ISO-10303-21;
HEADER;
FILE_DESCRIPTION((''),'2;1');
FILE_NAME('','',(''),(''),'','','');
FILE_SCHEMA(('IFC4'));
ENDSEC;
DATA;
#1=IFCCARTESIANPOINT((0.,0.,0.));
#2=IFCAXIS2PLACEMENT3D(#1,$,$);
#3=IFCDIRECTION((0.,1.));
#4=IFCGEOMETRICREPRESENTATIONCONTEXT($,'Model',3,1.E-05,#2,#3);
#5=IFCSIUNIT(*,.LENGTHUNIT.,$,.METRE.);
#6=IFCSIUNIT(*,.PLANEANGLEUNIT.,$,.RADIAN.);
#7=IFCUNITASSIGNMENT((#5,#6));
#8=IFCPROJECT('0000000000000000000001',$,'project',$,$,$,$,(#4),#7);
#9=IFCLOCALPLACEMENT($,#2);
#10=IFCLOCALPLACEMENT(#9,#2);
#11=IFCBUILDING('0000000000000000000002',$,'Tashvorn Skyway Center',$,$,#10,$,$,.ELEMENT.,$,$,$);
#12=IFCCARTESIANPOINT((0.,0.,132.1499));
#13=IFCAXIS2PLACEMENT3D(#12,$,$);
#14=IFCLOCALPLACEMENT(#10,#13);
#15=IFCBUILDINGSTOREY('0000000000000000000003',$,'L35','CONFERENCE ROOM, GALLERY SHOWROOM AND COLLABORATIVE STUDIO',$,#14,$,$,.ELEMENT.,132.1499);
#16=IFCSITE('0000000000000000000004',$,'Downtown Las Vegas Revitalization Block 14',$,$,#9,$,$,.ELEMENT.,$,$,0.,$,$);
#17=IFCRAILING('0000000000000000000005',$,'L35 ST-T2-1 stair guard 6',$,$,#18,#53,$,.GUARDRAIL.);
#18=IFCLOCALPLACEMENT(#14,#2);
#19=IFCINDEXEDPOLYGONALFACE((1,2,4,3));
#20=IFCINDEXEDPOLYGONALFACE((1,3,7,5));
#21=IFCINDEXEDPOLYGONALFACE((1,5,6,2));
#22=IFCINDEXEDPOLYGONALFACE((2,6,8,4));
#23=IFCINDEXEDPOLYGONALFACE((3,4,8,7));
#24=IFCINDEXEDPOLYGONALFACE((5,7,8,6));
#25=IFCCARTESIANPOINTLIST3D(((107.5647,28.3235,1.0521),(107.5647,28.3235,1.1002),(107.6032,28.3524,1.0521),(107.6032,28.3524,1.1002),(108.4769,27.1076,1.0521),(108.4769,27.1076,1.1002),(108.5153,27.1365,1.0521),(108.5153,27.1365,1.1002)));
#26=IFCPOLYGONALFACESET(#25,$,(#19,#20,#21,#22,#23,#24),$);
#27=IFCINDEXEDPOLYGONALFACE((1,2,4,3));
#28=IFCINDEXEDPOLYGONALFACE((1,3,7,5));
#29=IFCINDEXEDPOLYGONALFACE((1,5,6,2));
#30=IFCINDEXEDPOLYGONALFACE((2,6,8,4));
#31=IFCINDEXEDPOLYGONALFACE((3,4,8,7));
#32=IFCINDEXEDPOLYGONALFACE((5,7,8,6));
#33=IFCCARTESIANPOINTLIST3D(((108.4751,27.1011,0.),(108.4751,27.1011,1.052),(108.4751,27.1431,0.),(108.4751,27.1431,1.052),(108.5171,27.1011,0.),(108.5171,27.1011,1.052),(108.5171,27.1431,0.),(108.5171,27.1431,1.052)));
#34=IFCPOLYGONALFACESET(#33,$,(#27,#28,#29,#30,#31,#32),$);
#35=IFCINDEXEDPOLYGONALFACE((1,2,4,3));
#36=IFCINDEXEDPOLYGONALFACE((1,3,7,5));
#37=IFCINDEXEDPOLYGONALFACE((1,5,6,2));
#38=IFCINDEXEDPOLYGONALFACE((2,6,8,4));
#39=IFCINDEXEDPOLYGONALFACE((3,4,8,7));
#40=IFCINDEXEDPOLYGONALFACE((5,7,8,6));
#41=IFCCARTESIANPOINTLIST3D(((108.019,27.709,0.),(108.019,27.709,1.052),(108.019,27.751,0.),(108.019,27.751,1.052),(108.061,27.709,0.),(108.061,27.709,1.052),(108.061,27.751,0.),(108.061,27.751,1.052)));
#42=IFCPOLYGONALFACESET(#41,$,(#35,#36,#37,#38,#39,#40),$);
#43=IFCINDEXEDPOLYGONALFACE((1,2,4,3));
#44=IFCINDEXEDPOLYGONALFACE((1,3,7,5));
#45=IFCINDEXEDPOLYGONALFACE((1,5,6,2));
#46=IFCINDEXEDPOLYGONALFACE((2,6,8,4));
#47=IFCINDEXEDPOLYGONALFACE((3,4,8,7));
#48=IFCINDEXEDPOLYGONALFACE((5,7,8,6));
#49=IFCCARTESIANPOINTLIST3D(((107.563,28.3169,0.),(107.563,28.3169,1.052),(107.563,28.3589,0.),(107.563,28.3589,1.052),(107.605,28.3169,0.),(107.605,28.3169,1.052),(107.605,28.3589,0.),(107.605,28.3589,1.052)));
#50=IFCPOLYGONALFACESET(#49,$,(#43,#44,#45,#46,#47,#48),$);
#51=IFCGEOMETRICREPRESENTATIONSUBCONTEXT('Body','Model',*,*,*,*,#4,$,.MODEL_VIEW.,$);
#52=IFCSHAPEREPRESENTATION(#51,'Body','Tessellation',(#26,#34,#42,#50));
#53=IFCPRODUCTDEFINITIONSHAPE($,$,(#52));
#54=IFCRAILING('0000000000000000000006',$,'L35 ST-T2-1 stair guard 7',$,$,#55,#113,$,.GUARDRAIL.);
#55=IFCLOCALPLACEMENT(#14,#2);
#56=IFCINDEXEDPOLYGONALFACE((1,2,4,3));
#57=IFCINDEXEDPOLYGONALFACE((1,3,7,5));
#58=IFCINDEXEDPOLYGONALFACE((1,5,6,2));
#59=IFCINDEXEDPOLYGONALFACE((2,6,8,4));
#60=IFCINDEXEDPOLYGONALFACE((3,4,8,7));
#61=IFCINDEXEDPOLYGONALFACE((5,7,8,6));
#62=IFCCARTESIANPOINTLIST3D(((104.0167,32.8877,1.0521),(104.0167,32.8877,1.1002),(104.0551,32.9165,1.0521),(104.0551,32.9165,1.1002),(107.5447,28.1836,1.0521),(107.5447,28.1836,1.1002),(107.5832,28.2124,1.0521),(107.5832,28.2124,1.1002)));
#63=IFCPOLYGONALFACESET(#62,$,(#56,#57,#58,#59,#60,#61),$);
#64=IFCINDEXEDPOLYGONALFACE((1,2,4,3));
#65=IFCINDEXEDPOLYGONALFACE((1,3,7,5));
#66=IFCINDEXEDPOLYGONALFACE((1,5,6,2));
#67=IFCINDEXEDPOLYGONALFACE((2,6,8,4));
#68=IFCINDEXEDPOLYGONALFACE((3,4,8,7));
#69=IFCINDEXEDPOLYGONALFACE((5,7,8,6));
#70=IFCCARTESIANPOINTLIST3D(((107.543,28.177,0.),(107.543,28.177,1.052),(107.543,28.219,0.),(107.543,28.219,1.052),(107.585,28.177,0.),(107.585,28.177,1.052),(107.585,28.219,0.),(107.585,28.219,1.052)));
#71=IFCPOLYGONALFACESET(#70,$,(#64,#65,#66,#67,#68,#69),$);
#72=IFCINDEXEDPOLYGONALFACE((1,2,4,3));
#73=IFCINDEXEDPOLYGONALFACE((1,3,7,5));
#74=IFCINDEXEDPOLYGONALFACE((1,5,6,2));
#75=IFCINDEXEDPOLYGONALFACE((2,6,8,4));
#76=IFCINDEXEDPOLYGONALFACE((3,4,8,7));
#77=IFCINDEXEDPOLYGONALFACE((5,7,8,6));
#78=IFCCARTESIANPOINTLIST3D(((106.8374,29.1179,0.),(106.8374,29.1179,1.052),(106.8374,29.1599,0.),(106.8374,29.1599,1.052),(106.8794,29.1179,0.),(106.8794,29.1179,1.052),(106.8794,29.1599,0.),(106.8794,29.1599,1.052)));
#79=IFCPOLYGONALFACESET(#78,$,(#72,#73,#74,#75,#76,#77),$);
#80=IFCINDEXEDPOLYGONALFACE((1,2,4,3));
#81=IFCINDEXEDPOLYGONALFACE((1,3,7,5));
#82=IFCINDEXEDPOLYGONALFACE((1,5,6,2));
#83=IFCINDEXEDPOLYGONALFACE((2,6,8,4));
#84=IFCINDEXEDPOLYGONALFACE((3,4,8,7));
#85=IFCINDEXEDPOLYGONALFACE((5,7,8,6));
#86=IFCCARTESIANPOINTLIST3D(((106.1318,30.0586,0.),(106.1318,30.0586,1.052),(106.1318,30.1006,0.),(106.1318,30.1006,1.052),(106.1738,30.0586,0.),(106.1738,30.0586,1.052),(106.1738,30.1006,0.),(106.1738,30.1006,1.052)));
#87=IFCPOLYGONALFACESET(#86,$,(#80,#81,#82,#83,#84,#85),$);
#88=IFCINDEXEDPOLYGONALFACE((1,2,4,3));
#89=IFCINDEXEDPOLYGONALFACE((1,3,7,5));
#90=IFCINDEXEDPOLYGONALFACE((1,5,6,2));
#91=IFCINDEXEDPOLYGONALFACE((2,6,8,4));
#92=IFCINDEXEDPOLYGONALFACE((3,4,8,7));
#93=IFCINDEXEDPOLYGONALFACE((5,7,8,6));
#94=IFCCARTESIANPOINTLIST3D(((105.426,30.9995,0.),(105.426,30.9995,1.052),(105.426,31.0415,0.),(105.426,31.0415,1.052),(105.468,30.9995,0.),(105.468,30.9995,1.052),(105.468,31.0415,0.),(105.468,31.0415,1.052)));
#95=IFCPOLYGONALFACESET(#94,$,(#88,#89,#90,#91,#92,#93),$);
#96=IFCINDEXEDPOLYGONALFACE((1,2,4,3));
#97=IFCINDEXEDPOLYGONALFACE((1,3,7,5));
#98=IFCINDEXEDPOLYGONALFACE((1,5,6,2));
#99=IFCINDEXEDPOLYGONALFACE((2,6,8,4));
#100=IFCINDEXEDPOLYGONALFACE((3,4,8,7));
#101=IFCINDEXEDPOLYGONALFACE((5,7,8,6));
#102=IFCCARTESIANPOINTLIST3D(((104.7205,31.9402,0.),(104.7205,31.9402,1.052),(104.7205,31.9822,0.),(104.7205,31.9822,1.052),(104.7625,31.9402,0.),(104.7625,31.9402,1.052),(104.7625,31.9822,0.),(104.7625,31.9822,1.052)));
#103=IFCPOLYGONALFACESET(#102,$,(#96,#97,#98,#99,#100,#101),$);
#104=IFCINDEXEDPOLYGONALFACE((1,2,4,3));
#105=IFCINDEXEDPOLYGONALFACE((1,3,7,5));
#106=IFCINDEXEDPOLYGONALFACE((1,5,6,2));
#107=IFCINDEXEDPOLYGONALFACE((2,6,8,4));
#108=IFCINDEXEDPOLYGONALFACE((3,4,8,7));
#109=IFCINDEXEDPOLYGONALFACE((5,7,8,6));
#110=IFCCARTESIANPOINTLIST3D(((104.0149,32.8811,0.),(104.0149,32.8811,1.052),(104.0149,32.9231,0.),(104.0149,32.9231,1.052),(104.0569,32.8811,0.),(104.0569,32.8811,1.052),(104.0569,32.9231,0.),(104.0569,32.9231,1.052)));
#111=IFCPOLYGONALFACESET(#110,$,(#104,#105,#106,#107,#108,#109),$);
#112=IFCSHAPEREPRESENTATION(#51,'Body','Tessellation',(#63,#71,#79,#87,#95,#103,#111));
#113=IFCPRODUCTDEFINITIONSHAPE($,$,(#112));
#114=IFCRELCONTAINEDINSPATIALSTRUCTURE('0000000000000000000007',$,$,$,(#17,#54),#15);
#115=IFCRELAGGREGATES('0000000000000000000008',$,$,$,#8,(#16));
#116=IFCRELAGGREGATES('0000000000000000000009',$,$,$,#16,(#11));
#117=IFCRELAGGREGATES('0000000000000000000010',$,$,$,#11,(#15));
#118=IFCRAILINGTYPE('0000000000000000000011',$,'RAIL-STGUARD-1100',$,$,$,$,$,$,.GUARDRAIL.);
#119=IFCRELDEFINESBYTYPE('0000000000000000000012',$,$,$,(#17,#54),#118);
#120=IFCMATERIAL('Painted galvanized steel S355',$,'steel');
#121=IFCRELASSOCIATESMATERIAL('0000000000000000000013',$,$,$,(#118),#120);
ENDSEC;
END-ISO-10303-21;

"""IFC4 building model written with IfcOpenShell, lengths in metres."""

from ifc_helpers import new_model, si_unit, direction, frame, origin, origin_2d, place, context, subcontext, project, spatial, rectangle, extrude, material, type_object, element, save


model = new_model("IFC4")

# Units and contexts
model_context = context("Model", 3, precision=1e-05, world=origin(), true_north=direction((0.0, 1.0)))
body_context = subcontext(model_context, "Body", "Model", "MODEL_VIEW")
ifc_project = project(units=[si_unit("LENGTHUNIT", "METRE"), si_unit("PLANEANGLEUNIT", "RADIAN")], contexts=[model_context])

# Site, building, storey
site_placement = place(None, origin())
site = spatial("IfcSite", under=ifc_project, at=site_placement, Name="Downtown Las Vegas Revitalization Block 14", CompositionType="ELEMENT", RefElevation=0.0)
building_placement = place(site_placement, origin())
building = spatial("IfcBuilding", under=site, at=building_placement, Name="Tashvorn Skyway Center", CompositionType="ELEMENT")
storey_placement = place(building_placement, frame((0.0, 0.0, 132.1499)))
storey = spatial("IfcBuildingStorey", under=building, at=storey_placement, Name="L35", Description="CONFERENCE ROOM, GALLERY SHOWROOM AND COLLABORATIVE STUDIO", CompositionType="ELEMENT", Elevation=132.1499)

# Railings
ifc_material_1 = material(Name="Painted galvanized steel S355", Category="steel")
railing_type = type_object("IfcRailingType", Name="RAIL-STGUARD-1100", PredefinedType="GUARDRAIL", material=ifc_material_1)
railing_1_placement = place(storey_placement, frame((108.4961, 27.1221, 0.0)))
element("IfcRailing", 1, at=railing_1_placement, inside=storey, type_object=railing_type, Name="L35 ST-T2-1 stair guard 6", PredefinedType="GUARDRAIL", context=body_context, shape_type="SweptSolid", body=[
    extrude(rectangle(XDim=0.0481, YDim=0.0481, at=origin_2d()), frame((0.0, 0.0, 1.0762), z_axis=(-0.600103, 0.799923, 0.0), x_axis=(-0.799923, -0.600103, 0.0)), (0.0, 0.0, 1.0), 1.52),
    extrude(rectangle(XDim=0.042, YDim=0.042, at=origin_2d()), origin(), (0.0, 0.0, 1.0), 1.052),
    extrude(rectangle(XDim=0.042, YDim=0.042, at=origin_2d()), frame((-0.4561, 0.6079, 0.0)), (0.0, 0.0, 1.0), 1.052),
    extrude(rectangle(XDim=0.042, YDim=0.042, at=origin_2d()), frame((-0.9121, 1.2158, 0.0)), (0.0, 0.0, 1.0), 1.052),
])
railing_2_placement = place(storey_placement, frame((107.564, 28.198, 0.0)))
element("IfcRailing", 2, at=railing_2_placement, inside=storey, type_object=railing_type, Name="L35 ST-T2-1 stair guard 7", PredefinedType="GUARDRAIL", context=body_context, shape_type="SweptSolid", body=[
    extrude(rectangle(XDim=0.0481, YDim=0.0481, at=origin_2d()), frame((0.0, 0.0, 1.0762), z_axis=(-0.6, 0.8, 0.0), x_axis=(-0.8, -0.6, 0.0)), (0.0, 0.0, 1.0), 5.8801),
    extrude(rectangle(XDim=0.042, YDim=0.042, at=origin_2d()), origin(), (0.0, 0.0, 1.0), 1.052),
    extrude(rectangle(XDim=0.042, YDim=0.042, at=origin_2d()), frame((-0.7056, 0.9409, 0.0)), (0.0, 0.0, 1.0), 1.052),
    extrude(rectangle(XDim=0.042, YDim=0.042, at=origin_2d()), frame((-1.4111, 1.8816, 0.0)), (0.0, 0.0, 1.0), 1.052),
    extrude(rectangle(XDim=0.042, YDim=0.042, at=origin_2d()), frame((-2.1169, 2.8225, 0.0)), (0.0, 0.0, 1.0), 1.052),
    extrude(rectangle(XDim=0.042, YDim=0.042, at=origin_2d()), frame((-2.8225, 3.7632, 0.0)), (0.0, 0.0, 1.0), 1.052),
    extrude(rectangle(XDim=0.042, YDim=0.042, at=origin_2d()), frame((-3.5281, 4.7041, 0.0)), (0.0, 0.0, 1.0), 1.052),
])

save(model, "model.ifc")
